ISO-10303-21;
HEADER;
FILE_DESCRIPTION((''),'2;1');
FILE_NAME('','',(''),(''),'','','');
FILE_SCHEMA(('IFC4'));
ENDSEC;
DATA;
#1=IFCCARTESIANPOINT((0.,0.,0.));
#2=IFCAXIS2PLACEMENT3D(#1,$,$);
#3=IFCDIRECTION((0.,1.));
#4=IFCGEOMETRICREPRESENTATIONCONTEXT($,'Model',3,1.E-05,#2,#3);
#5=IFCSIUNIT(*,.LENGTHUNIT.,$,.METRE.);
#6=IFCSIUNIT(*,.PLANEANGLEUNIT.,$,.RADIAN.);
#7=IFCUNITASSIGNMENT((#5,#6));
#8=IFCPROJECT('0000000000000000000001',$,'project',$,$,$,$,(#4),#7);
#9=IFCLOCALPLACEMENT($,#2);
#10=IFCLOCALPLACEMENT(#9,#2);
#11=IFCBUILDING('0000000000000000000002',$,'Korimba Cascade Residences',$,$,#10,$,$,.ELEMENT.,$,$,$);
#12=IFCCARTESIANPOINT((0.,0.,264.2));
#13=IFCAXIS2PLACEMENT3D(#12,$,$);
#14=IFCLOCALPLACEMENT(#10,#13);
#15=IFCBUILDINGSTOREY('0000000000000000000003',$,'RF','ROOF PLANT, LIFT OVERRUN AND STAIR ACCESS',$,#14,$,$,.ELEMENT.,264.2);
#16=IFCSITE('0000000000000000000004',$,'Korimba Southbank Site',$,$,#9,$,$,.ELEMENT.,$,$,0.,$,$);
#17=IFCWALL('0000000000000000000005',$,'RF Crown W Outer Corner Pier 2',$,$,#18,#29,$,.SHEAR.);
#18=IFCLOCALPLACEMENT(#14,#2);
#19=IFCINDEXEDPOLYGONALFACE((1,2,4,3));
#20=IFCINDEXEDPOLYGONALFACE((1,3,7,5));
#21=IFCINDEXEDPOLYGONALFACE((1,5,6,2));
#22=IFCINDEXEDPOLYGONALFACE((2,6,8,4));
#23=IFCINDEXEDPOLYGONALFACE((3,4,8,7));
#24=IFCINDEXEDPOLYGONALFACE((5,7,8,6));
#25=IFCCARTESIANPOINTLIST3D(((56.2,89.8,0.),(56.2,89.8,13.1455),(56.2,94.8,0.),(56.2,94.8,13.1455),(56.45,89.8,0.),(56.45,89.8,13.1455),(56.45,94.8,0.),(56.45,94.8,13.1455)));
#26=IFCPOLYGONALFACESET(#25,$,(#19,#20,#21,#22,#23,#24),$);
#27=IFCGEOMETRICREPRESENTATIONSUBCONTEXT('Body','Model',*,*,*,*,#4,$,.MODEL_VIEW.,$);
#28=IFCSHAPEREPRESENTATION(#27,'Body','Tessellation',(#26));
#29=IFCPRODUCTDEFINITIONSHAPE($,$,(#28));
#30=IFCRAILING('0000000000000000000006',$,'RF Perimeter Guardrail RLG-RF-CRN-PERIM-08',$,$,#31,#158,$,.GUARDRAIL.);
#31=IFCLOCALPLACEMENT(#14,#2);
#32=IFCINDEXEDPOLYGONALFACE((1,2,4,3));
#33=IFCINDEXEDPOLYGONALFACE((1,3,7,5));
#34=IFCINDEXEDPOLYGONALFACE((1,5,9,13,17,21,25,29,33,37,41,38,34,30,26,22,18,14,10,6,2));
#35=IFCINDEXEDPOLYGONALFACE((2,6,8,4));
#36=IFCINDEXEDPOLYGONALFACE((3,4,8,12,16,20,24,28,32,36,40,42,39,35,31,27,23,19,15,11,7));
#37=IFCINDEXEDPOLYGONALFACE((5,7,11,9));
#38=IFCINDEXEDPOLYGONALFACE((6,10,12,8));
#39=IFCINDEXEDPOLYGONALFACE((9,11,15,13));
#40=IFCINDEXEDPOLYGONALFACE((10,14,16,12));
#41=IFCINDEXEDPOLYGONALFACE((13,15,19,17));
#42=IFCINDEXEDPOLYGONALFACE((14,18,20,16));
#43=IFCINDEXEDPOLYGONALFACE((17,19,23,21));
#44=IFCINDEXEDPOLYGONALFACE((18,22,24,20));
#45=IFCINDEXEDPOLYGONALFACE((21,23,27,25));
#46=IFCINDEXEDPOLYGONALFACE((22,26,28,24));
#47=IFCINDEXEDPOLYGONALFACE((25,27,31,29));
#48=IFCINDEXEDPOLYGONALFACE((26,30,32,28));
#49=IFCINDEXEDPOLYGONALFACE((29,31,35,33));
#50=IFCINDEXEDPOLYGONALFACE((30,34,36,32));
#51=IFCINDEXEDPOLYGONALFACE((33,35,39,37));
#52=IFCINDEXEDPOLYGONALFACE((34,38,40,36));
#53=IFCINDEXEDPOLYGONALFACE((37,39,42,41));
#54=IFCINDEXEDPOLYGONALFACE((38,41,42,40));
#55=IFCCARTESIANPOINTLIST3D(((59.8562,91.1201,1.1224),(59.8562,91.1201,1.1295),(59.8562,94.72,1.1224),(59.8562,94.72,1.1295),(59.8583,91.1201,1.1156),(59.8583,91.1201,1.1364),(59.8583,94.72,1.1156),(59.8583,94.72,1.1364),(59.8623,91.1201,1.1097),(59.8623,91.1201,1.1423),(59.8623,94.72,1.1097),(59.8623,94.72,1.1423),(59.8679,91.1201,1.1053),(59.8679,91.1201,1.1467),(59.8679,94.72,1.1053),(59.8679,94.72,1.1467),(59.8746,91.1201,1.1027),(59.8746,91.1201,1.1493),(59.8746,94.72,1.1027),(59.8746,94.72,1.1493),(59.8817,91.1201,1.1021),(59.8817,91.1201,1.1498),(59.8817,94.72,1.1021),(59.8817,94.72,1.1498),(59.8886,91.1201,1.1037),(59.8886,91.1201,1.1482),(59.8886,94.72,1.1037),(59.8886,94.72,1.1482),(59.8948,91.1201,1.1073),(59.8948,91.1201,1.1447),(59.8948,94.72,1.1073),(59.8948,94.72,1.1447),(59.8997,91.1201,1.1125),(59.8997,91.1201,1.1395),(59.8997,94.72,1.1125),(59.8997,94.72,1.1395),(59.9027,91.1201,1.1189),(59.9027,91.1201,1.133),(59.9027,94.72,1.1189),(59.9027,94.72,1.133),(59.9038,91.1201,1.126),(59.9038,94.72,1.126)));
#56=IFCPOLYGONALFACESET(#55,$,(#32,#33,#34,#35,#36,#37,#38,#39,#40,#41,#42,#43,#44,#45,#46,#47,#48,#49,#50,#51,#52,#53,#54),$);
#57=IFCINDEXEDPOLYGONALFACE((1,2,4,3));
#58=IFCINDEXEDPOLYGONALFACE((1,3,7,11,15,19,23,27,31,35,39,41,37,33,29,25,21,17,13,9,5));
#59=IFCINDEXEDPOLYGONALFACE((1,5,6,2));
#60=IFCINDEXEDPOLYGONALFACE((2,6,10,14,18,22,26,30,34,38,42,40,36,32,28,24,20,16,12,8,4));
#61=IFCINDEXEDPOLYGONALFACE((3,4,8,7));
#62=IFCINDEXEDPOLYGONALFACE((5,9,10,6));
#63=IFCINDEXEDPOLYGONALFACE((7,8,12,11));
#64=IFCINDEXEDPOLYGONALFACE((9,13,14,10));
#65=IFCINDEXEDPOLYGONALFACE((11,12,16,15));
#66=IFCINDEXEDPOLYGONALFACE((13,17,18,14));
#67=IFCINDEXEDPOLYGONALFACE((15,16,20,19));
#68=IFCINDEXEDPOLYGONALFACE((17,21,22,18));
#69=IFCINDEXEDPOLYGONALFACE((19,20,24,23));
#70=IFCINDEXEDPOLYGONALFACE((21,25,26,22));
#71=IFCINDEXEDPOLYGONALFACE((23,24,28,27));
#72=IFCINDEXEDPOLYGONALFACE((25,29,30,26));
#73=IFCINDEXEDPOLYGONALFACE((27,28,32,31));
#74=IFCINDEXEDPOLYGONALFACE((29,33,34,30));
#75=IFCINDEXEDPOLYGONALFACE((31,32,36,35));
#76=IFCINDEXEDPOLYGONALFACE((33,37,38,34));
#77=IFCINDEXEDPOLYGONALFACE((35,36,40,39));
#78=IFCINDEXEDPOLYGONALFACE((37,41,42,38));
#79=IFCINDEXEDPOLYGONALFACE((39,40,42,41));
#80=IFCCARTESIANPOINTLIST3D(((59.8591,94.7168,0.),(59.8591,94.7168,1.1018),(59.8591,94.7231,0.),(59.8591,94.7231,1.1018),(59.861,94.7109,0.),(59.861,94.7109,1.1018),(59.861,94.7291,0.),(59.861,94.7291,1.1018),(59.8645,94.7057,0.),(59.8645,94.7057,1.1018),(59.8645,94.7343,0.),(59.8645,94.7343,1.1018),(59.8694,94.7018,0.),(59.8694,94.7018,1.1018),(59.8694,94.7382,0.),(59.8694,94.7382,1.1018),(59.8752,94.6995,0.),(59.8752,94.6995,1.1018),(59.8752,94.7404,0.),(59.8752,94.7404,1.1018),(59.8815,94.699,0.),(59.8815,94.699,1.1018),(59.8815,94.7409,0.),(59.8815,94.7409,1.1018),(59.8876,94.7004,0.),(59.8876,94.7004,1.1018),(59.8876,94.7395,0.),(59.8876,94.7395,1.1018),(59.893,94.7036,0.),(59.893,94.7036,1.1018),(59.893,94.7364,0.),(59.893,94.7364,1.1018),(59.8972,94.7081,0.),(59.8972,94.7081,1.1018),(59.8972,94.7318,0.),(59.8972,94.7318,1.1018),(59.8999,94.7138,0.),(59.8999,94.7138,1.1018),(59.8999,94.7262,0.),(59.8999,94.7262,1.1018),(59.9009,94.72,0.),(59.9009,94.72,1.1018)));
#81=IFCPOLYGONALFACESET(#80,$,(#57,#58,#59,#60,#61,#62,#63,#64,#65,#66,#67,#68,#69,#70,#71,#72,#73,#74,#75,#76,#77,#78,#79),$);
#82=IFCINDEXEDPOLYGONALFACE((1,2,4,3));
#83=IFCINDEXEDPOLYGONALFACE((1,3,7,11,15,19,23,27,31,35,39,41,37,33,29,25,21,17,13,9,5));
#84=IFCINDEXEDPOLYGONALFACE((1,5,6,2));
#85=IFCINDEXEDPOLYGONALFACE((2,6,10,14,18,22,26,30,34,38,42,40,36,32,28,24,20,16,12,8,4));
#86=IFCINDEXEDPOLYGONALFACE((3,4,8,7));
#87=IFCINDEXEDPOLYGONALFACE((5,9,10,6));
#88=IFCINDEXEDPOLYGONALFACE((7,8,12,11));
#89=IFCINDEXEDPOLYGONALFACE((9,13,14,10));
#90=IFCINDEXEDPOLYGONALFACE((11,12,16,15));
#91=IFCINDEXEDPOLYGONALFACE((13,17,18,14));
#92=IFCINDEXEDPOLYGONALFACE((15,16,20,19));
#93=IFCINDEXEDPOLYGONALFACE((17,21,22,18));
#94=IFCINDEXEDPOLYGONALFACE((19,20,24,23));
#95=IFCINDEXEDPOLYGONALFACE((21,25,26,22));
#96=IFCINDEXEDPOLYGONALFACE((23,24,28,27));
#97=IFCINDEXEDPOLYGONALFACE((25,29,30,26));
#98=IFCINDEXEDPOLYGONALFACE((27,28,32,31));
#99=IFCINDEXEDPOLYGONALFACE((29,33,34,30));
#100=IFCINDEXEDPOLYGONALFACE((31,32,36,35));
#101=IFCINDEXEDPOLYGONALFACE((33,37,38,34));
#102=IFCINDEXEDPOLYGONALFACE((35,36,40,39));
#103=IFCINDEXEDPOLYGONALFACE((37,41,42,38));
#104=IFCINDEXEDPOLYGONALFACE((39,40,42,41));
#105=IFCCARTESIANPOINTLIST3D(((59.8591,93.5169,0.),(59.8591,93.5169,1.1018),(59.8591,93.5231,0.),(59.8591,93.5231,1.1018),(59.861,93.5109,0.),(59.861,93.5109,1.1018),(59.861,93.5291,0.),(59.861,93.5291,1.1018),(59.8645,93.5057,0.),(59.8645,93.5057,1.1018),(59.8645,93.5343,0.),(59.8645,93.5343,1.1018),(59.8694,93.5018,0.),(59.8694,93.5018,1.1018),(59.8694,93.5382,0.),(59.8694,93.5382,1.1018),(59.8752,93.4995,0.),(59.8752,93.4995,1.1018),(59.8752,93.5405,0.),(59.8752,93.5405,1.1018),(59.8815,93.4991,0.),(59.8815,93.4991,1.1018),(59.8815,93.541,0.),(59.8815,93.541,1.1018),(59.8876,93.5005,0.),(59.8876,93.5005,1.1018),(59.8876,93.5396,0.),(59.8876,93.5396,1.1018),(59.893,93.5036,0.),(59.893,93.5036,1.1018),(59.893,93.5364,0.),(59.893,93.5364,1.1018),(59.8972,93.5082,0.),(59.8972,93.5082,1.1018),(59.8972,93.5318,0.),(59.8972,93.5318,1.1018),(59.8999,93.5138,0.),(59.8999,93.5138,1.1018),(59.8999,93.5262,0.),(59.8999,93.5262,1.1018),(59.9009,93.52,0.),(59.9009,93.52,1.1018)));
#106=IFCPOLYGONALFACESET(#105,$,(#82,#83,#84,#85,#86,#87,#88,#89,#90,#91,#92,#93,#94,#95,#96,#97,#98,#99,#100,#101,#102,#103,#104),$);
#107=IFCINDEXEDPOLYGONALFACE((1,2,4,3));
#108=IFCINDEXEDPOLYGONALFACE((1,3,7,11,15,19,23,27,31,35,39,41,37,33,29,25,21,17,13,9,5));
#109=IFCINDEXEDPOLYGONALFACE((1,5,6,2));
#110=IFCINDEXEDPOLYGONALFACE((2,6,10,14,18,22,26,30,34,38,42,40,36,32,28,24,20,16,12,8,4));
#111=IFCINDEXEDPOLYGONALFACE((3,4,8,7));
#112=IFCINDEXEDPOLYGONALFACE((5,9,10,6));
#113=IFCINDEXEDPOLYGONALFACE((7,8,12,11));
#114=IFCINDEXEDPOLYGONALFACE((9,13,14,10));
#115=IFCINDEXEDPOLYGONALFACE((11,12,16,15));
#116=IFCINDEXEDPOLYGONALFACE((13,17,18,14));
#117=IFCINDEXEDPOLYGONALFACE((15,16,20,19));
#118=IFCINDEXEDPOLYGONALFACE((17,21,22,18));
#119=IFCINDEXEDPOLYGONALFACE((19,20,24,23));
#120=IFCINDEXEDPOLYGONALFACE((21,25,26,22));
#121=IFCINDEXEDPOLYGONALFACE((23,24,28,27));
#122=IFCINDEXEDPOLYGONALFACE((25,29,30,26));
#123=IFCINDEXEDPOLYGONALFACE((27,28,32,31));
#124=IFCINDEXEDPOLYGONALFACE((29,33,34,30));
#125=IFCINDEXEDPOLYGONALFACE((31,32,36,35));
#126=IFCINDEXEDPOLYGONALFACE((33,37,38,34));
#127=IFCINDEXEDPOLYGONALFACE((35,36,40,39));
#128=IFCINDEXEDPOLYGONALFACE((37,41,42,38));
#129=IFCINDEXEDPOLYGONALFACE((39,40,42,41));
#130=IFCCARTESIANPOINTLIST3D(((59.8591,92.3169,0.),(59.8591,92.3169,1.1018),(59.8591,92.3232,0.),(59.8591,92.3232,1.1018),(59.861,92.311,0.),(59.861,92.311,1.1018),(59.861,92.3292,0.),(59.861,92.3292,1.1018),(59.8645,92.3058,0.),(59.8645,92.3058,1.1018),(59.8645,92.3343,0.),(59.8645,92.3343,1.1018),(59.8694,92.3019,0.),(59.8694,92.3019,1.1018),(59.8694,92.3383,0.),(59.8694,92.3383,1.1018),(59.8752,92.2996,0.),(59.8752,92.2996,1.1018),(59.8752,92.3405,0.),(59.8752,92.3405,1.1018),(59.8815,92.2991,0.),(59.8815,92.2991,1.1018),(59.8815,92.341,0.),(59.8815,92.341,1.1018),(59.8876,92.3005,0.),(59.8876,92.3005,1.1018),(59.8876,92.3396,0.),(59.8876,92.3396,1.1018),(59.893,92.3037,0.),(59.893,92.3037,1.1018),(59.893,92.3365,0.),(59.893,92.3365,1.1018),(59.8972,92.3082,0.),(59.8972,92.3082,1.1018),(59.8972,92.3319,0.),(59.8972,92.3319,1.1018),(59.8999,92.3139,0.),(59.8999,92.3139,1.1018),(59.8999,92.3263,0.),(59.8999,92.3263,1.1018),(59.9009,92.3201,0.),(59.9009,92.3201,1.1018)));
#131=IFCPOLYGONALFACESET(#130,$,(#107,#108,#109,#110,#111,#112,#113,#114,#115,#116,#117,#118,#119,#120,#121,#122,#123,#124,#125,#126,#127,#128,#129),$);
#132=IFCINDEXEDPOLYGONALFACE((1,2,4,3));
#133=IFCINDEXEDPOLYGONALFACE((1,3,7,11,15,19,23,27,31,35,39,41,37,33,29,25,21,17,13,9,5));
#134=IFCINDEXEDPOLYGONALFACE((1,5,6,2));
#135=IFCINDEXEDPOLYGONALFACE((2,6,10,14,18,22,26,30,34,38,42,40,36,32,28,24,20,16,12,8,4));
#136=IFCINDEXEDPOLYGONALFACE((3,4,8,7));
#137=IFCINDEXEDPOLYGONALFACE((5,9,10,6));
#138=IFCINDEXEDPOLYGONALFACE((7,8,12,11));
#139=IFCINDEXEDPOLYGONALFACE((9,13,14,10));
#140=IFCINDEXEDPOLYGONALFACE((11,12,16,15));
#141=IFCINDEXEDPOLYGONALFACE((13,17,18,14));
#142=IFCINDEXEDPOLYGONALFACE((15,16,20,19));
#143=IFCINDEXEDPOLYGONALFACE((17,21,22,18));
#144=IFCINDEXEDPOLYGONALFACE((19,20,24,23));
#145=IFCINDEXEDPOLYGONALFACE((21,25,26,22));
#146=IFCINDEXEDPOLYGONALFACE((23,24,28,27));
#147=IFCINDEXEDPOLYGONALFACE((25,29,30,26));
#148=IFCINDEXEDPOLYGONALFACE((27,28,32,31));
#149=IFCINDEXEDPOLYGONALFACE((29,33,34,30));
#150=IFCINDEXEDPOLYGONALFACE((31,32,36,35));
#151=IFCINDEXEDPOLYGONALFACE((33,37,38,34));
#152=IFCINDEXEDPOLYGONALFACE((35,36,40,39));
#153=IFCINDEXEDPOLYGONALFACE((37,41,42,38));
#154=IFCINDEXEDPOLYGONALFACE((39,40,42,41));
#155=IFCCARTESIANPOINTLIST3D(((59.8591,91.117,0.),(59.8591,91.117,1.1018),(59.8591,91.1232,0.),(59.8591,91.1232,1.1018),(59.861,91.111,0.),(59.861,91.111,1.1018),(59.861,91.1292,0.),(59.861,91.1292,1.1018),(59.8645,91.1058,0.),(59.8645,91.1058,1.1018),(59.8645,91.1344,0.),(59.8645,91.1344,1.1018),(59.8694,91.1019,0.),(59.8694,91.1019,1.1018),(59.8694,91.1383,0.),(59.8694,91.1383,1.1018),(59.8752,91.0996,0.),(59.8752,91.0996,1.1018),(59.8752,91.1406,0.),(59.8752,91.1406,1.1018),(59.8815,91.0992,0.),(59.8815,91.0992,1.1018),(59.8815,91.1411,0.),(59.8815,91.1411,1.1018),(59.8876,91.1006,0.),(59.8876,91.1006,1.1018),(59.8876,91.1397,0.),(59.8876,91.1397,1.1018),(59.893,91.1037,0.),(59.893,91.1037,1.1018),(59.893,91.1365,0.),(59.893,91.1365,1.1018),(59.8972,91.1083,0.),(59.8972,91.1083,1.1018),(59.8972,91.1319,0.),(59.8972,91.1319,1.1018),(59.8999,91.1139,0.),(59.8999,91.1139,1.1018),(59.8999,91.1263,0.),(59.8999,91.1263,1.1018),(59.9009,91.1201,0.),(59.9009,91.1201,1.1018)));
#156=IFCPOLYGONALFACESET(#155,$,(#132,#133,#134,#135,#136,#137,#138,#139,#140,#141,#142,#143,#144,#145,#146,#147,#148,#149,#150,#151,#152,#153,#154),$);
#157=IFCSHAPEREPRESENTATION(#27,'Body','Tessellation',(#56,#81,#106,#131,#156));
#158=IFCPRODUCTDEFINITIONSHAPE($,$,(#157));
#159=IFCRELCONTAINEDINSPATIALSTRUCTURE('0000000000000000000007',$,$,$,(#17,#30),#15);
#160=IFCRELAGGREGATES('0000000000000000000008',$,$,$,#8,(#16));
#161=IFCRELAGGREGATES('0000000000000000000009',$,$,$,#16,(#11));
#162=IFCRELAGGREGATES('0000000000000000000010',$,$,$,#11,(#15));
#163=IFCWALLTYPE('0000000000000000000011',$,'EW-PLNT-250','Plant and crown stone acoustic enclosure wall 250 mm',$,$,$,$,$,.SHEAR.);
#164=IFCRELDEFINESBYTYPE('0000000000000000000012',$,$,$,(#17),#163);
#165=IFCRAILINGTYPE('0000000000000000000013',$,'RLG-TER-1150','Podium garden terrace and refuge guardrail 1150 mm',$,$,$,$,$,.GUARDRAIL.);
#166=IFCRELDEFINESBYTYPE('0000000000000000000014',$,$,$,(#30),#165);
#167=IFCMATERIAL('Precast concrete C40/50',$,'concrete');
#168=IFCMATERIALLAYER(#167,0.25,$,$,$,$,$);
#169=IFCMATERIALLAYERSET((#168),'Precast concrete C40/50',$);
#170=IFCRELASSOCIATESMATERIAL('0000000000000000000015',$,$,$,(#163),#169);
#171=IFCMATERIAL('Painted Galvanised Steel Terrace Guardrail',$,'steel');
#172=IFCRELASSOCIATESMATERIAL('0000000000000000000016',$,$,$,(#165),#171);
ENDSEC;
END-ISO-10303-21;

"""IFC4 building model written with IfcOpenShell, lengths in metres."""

from ifc_helpers import new_model, si_unit, direction, frame, frame_2d, origin, origin_2d, place, context, subcontext, project, spatial, rectangle, circle, extrude, material, layer, layer_set, type_object, element, save


model = new_model("IFC4")

# Units and contexts
model_context = context("Model", 3, precision=1e-05, world=origin(), true_north=direction((0.0, 1.0)))
body_context = subcontext(model_context, "Body", "Model", "MODEL_VIEW")
ifc_project = project(units=[si_unit("LENGTHUNIT", "METRE"), si_unit("PLANEANGLEUNIT", "RADIAN")], contexts=[model_context])

# Site, building, storey
site_placement = place(None, origin())
site = spatial("IfcSite", under=ifc_project, at=site_placement, Name="Korimba Southbank Site", CompositionType="ELEMENT", RefElevation=0.0)
building_placement = place(site_placement, origin())
building = spatial("IfcBuilding", under=site, at=building_placement, Name="Korimba Cascade Residences", CompositionType="ELEMENT")
storey_placement = place(building_placement, frame((0.0, 0.0, 264.2)))
storey = spatial("IfcBuildingStorey", under=building, at=storey_placement, Name="RF", Description="ROOF PLANT, LIFT OVERRUN AND STAIR ACCESS", CompositionType="ELEMENT", Elevation=264.2)

# Wall
ifc_material_1 = material(Name="Precast concrete C40/50", Category="concrete")
ifc_layer_1 = layer(ifc_material_1, 0.25)
ifc_layer_set_1 = layer_set([ifc_layer_1], Name="Precast concrete C40/50")
wall_type = type_object("IfcWallType", Name="EW-PLNT-250", Description="Plant and crown stone acoustic enclosure wall 250 mm", PredefinedType="SHEAR", material=ifc_layer_set_1)
wall_1_placement = place(storey_placement, frame((56.325, 89.8, 0.0), z_axis=(0.0, 0.0, 1.0), x_axis=(0.0, 1.0, 0.0)))
element("IfcWall", 1, at=wall_1_placement, inside=storey, type_object=wall_type, Name="RF Crown W Outer Corner Pier 2", PredefinedType="SHEAR", context=body_context, shape_type="SweptSolid", body=[
    extrude(rectangle(XDim=5.0, YDim=0.25, at=frame_2d((2.5, 0.0))), origin(), (0.0, 0.0, 1.0), 13.1455),
])

# Railing
ifc_material_2 = material(Name="Painted Galvanised Steel Terrace Guardrail", Category="steel")
railing_type = type_object("IfcRailingType", Name="RLG-TER-1150", Description="Podium garden terrace and refuge guardrail 1150 mm", PredefinedType="GUARDRAIL", material=ifc_material_2)
railing_1_placement = place(storey_placement, frame((59.8799, 94.72, 0.0)))
element("IfcRailing", 2, at=railing_1_placement, inside=storey, type_object=railing_type, Name="RF Perimeter Guardrail RLG-RF-CRN-PERIM-08", PredefinedType="GUARDRAIL", context=body_context, shape_type="SweptSolid", body=[
    extrude(circle(Radius=0.0239, at=origin_2d()), frame((0.0, 0.0, 1.126), z_axis=(0.0, -1.0, 0.0), x_axis=(1.0, 0.0, 0.0)), (0.0, 0.0, 1.0), 3.5999),
    extrude(circle(Radius=0.021, at=origin_2d()), origin(), (0.0, 0.0, 1.0), 1.1018),
    extrude(circle(Radius=0.021, at=origin_2d()), frame((0.0, -1.2, 0.0)), (0.0, 0.0, 1.0), 1.1018),
    extrude(circle(Radius=0.021, at=origin_2d()), frame((0.0, -2.3999, 0.0)), (0.0, 0.0, 1.0), 1.1018),
    extrude(circle(Radius=0.021, at=origin_2d()), frame((0.0, -3.5999, 0.0)), (0.0, 0.0, 1.0), 1.1018),
])

save(model, "model.ifc")
